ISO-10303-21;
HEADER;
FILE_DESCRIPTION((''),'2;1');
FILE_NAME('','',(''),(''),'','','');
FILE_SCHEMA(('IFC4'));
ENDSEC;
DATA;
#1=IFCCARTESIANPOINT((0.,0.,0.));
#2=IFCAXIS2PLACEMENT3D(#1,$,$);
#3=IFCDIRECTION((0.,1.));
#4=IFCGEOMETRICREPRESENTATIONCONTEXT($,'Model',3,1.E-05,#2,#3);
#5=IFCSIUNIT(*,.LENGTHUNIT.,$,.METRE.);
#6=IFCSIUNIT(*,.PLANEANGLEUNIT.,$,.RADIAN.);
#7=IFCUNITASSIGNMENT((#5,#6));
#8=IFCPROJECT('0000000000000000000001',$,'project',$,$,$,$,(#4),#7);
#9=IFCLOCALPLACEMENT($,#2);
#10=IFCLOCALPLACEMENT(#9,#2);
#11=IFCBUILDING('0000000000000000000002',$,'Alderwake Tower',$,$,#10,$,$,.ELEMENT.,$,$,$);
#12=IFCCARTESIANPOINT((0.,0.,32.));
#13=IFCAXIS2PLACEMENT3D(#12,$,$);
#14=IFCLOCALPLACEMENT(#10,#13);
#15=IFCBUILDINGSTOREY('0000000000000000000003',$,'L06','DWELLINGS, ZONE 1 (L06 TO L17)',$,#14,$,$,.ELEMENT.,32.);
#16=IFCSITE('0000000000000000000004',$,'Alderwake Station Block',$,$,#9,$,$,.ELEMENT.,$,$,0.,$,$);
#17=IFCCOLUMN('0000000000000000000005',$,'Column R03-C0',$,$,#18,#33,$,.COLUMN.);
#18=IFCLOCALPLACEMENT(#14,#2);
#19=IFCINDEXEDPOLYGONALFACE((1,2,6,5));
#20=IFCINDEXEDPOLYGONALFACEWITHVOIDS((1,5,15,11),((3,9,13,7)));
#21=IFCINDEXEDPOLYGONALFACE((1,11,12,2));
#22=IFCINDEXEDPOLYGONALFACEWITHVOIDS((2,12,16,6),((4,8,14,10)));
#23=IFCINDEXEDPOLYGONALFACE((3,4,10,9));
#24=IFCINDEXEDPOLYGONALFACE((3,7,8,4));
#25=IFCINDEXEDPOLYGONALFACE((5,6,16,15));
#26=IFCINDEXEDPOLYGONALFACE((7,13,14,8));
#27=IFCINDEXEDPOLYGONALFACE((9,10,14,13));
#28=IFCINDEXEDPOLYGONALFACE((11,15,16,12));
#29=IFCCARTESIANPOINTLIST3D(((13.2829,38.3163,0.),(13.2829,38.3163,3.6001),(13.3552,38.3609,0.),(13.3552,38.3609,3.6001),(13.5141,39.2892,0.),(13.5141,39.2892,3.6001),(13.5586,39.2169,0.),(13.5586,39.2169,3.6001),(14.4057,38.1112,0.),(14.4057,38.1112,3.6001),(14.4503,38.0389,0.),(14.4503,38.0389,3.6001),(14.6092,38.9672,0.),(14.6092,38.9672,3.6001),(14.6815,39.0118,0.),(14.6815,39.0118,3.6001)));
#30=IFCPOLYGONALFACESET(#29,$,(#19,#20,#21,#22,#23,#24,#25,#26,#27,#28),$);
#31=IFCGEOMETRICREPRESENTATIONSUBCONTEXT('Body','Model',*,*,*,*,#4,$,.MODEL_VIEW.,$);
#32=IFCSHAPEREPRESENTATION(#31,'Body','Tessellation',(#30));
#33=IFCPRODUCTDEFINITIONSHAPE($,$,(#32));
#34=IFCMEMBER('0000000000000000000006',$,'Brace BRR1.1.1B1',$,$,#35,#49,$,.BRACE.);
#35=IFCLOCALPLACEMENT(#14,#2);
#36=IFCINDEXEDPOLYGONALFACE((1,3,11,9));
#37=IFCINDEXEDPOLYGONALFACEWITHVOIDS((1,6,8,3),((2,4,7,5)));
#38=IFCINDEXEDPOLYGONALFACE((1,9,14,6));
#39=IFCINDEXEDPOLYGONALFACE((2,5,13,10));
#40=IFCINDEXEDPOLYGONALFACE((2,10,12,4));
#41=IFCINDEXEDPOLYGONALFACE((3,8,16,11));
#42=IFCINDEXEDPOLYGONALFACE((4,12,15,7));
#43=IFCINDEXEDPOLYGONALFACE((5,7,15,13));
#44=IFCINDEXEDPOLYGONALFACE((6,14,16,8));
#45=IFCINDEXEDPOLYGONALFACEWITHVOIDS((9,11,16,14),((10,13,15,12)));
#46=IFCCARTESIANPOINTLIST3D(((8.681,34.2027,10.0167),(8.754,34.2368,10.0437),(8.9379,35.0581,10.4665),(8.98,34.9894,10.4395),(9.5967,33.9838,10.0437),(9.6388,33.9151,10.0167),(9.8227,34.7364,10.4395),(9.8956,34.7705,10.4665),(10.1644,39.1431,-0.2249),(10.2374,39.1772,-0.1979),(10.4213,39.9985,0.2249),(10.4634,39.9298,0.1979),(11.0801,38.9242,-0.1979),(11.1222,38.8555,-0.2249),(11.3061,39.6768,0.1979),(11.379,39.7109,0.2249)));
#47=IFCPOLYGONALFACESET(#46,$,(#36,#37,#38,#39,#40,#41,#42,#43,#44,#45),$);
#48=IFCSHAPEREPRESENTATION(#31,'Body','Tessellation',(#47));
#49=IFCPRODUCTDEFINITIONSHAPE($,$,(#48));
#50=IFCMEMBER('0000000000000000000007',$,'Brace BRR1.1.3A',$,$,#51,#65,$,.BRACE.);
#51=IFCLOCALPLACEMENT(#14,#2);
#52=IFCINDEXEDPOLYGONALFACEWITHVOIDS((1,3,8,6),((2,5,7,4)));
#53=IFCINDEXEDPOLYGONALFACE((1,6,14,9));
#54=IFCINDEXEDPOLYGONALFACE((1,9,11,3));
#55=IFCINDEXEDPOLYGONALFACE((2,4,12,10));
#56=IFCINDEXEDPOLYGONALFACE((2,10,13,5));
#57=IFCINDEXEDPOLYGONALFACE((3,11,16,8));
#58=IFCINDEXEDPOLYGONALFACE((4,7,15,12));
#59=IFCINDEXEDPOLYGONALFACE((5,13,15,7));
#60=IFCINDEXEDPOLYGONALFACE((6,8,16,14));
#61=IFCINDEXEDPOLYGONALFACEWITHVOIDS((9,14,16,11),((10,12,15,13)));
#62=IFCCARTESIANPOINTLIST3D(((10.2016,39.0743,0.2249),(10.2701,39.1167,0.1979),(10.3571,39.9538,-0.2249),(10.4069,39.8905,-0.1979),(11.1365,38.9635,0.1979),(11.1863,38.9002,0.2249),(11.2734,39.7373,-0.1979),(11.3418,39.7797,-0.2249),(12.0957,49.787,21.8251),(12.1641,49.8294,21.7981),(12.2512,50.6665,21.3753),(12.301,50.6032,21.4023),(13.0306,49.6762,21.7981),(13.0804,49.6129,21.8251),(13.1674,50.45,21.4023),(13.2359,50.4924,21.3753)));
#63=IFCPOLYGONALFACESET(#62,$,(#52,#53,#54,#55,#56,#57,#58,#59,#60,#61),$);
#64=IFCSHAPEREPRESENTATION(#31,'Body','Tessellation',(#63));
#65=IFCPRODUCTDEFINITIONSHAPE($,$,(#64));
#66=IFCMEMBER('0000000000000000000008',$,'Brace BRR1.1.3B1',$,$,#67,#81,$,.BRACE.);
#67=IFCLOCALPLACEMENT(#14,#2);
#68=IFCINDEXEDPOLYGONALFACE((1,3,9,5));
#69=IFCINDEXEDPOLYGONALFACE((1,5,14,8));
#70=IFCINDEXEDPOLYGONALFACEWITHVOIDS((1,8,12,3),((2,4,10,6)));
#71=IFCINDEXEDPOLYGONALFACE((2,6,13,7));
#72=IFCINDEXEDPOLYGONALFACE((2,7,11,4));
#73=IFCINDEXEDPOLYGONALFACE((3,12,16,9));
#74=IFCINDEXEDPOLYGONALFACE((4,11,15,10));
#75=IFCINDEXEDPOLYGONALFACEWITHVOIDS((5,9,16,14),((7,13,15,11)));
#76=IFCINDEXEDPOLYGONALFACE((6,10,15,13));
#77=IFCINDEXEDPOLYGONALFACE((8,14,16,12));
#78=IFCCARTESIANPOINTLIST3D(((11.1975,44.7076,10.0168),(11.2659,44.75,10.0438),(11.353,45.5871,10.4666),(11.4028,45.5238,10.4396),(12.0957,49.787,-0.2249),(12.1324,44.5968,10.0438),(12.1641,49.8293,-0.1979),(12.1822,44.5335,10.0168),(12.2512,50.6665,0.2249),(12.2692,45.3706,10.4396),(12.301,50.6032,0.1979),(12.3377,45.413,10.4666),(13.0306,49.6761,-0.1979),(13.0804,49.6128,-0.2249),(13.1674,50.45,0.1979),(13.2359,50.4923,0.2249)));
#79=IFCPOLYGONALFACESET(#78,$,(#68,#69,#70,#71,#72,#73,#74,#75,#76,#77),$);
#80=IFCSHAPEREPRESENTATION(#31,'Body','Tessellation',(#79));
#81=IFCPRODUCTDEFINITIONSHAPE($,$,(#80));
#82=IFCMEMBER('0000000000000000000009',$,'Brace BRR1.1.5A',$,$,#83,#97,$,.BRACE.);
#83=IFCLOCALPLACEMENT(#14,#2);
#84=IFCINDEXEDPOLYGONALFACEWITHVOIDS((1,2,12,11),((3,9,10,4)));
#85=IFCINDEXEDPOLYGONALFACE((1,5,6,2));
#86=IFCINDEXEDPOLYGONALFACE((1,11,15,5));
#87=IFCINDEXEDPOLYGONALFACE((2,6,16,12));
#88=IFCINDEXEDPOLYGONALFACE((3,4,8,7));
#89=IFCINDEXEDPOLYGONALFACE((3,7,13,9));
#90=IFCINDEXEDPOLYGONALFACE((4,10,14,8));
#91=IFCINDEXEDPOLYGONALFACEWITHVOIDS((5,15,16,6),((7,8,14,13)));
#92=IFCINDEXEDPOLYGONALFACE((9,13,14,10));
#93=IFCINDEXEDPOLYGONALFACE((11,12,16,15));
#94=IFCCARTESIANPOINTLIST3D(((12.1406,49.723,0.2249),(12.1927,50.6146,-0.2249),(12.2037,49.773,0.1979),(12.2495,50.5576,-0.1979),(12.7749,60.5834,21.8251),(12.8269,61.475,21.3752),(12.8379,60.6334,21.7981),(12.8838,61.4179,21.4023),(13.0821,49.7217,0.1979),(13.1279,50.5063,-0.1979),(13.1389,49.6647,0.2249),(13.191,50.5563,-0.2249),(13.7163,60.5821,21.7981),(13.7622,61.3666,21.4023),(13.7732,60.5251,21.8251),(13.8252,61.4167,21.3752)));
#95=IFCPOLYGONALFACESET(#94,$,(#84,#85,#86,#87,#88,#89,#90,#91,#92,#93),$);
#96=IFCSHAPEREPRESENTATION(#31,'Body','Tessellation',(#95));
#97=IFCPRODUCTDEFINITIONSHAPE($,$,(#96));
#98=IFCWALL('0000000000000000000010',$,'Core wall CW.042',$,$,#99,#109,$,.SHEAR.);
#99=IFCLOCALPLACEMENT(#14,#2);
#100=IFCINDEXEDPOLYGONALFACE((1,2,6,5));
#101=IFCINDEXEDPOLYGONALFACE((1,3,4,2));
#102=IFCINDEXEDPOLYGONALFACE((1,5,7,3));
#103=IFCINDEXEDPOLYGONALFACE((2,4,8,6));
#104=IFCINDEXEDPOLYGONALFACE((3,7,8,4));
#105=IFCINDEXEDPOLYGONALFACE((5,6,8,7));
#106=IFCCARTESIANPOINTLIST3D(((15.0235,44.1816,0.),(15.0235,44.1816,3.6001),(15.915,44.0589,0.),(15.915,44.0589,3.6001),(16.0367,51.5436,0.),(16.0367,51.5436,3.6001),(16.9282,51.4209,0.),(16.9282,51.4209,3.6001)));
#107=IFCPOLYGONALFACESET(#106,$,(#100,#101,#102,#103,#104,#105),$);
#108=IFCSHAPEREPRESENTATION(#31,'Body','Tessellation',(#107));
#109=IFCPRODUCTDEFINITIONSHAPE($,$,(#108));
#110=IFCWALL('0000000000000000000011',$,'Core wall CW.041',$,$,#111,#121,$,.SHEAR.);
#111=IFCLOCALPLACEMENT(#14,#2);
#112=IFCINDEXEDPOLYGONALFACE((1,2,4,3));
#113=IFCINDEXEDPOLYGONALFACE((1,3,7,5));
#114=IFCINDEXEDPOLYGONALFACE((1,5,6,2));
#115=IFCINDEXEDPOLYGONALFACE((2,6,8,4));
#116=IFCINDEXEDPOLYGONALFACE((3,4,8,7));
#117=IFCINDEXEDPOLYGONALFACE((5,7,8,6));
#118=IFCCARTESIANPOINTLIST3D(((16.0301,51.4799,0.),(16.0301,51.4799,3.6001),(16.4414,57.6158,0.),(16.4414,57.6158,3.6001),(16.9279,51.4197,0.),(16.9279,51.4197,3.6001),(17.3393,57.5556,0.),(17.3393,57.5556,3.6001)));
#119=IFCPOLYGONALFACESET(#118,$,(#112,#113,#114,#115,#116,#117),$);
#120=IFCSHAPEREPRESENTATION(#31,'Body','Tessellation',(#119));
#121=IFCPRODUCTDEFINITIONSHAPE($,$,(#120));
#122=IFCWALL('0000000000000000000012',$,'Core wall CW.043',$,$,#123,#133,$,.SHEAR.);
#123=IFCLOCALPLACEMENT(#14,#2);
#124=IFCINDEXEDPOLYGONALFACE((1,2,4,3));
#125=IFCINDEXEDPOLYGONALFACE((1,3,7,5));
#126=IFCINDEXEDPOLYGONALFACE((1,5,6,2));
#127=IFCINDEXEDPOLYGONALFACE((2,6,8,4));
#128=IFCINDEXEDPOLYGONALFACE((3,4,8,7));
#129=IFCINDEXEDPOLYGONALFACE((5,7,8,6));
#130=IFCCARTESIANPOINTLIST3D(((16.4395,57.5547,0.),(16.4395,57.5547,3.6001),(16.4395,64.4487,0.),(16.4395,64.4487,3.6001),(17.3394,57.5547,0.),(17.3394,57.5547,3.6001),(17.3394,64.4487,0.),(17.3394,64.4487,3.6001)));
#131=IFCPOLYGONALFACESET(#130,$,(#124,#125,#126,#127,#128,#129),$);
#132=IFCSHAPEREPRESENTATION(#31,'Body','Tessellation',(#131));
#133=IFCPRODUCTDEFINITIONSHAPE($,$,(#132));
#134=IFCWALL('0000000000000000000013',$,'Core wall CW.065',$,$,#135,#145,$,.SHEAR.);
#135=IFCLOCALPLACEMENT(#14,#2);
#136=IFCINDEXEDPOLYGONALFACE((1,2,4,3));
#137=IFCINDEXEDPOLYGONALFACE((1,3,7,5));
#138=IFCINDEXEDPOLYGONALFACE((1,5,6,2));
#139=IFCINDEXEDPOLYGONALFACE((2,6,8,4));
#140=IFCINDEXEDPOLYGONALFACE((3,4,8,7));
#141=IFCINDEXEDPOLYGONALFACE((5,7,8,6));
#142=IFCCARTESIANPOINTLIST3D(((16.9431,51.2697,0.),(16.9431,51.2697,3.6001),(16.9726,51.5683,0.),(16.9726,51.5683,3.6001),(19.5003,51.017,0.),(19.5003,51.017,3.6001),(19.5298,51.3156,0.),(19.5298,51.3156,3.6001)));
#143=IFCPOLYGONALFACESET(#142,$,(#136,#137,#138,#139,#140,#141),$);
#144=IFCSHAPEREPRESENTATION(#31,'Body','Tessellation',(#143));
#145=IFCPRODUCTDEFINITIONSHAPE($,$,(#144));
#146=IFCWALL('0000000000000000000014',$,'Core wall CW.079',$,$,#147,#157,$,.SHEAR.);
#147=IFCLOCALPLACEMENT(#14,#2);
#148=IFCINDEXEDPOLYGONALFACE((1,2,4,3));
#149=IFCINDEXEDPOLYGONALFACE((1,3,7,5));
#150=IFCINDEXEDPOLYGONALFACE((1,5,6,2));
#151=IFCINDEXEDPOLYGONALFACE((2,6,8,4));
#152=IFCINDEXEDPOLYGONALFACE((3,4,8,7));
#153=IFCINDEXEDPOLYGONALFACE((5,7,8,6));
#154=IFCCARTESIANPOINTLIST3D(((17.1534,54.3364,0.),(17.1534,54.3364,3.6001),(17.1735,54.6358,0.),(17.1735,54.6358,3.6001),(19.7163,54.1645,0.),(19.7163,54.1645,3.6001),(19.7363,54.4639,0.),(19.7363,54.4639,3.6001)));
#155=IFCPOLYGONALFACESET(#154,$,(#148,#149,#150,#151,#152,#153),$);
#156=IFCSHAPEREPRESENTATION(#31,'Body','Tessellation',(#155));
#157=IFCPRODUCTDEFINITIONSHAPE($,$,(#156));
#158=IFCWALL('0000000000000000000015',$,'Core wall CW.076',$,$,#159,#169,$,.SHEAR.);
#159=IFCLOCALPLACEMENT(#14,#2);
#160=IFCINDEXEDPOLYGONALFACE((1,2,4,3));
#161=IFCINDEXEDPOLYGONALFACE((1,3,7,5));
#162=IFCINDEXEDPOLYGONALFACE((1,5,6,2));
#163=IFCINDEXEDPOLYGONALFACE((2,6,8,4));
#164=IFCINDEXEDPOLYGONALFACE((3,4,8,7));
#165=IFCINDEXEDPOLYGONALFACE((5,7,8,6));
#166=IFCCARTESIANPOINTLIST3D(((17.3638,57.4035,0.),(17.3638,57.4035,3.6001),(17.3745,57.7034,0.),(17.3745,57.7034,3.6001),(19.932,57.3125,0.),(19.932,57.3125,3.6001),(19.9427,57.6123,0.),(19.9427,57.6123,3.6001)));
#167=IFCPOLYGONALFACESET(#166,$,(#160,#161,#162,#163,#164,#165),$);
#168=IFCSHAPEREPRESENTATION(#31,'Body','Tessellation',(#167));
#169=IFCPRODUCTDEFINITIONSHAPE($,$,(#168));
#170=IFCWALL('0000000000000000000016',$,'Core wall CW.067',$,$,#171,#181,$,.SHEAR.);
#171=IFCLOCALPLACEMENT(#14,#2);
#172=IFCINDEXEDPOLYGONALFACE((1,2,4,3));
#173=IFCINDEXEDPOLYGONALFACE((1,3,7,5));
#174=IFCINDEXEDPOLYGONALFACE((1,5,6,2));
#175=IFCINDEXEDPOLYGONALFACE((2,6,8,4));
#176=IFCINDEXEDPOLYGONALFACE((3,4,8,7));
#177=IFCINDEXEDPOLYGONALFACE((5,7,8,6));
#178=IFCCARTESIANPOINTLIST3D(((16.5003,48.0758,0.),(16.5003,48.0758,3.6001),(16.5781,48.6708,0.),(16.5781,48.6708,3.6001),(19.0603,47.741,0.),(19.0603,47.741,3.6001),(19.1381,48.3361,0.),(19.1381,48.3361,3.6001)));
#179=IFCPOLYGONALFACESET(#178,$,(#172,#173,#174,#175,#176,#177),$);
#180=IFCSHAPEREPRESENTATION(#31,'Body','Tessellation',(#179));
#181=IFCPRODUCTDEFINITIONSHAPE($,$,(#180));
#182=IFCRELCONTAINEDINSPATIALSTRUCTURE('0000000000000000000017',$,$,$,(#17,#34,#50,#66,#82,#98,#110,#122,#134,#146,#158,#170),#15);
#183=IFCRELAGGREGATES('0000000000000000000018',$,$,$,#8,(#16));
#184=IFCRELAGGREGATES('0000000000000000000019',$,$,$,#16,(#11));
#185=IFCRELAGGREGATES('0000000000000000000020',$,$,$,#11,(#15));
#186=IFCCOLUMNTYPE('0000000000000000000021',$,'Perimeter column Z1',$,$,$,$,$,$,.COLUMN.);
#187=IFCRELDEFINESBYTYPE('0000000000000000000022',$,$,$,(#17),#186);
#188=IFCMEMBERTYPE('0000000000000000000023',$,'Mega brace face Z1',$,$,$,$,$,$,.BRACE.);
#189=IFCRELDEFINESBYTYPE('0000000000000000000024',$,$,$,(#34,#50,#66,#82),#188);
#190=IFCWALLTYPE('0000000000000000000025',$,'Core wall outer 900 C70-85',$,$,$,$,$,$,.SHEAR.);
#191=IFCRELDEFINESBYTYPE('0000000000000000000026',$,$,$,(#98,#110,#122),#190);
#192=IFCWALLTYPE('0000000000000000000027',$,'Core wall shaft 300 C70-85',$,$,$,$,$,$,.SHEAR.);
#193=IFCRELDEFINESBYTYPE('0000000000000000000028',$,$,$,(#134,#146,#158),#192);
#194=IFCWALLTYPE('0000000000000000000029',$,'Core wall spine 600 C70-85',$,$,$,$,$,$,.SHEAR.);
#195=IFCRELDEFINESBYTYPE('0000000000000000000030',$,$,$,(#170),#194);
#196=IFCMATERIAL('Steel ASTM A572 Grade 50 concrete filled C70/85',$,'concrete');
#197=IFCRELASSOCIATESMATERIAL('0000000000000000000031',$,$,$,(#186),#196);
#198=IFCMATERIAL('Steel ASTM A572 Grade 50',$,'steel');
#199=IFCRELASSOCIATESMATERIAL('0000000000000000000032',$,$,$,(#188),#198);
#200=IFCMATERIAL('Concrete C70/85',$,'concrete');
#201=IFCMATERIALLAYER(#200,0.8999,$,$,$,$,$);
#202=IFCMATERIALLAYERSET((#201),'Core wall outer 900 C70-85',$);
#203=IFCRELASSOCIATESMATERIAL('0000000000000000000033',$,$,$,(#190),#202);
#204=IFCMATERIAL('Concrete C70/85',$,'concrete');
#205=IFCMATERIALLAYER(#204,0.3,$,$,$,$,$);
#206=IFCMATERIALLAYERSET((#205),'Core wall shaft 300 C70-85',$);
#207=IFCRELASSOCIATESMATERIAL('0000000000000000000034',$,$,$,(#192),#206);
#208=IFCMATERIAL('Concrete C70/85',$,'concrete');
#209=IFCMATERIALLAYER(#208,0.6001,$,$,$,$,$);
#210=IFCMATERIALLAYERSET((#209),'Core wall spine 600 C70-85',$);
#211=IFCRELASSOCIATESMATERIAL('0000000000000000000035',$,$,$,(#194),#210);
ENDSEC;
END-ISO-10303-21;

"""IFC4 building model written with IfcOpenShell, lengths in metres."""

from ifc_helpers import new_model, si_unit, direction, frame, frame_2d, origin, origin_2d, place, context, subcontext, project, spatial, rectangle, hollow_rectangle, extrude, material, layer, layer_set, material_profile, profile_set, type_object, element, save


model = new_model("IFC4")

# Units and contexts
model_context = context("Model", 3, precision=1e-05, world=origin(), true_north=direction((0.0, 1.0)))
body_context = subcontext(model_context, "Body", "Model", "MODEL_VIEW")
ifc_project = project(units=[si_unit("LENGTHUNIT", "METRE"), si_unit("PLANEANGLEUNIT", "RADIAN")], contexts=[model_context])

# Site, building, storey
site_placement = place(None, origin())
site = spatial("IfcSite", under=ifc_project, at=site_placement, Name="Alderwake Station Block", CompositionType="ELEMENT", RefElevation=0.0)
building_placement = place(site_placement, origin())
building = spatial("IfcBuilding", under=site, at=building_placement, Name="Alderwake Tower", CompositionType="ELEMENT")
storey_placement = place(building_placement, frame((0.0, 0.0, 32.0)))
storey = spatial("IfcBuildingStorey", under=building, at=storey_placement, Name="L06", Description="DWELLINGS, ZONE 1 (L06 TO L17)", CompositionType="ELEMENT", Elevation=32.0)

# Column
ifc_material_1 = material(Name="Steel ASTM A572 Grade 50 concrete filled C70/85", Category="concrete")
ifc_material_profile_1 = material_profile(ifc_material_1, hollow_rectangle(XDim=1.0, YDim=1.2, WallThickness=0.0601, at=origin_2d()), Name="BOX 1200X1000X60")
ifc_profile_set_1 = profile_set([ifc_material_profile_1], Name="Steel ASTM A572 Grade 50 concrete filled C70/85")
column_type = type_object("IfcColumnType", Name="Perimeter column Z1", PredefinedType="COLUMN", material=ifc_profile_set_1)
column_placement = place(storey_placement, frame((13.9822, 38.6641, 0.0), z_axis=(0.0, 0.0, 1.0), x_axis=(0.231222, 0.972901, 0.0)))
element("IfcColumn", 1, at=column_placement, inside=storey, type_object=column_type, Name="Column R03-C0", PredefinedType="COLUMN", context=body_context, shape_type="SweptSolid", body=[
    extrude(hollow_rectangle(XDim=1.0, YDim=1.2, WallThickness=0.0601, at=origin_2d()), origin(), (0.0, 0.0, 1.0), 3.6001),
])

# Members
ifc_material_2 = material(Name="Steel ASTM A572 Grade 50", Category="steel")
ifc_material_profile_2 = material_profile(ifc_material_2, hollow_rectangle(XDim=1.0, YDim=1.0, WallThickness=0.0601, at=origin_2d()), Name="BOX 1000X1000X60")
ifc_profile_set_2 = profile_set([ifc_material_profile_2], Name="Steel ASTM A572 Grade 50")
member_type = type_object("IfcMemberType", Name="Mega brace face Z1", PredefinedType="BRACE", material=ifc_profile_set_2)
member_1_placement = place(storey_placement, frame((10.7717, 39.427, 0.0), z_axis=(-0.129358, -0.430825, 0.893116), x_axis=(0.957759, -0.287574, 0.0)))
element("IfcMember", 2, at=member_1_placement, inside=storey, type_object=member_type, Name="Brace BRR1.1.1B1", PredefinedType="BRACE", context=body_context, shape_type="SweptSolid", body=[
    extrude(hollow_rectangle(XDim=1.0, YDim=1.0, WallThickness=0.0601, at=origin_2d()), origin(), (0.0, 0.0, 1.0), 11.4673),
])
member_2_placement = place(storey_placement, frame((10.7717, 39.427, 0.0), z_axis=(0.078315, 0.442947, 0.893121), x_axis=(-0.984727, 0.174104, 0.0)))
element("IfcMember", 3, at=member_2_placement, inside=storey, type_object=member_type, Name="Brace BRR1.1.3A", PredefinedType="BRACE", context=body_context, shape_type="SweptSolid", body=[
    extrude(hollow_rectangle(XDim=1.0, YDim=1.0, WallThickness=0.0601, at=origin_2d()), origin(), (0.0, 0.0, 1.0), 24.1851),
])
member_3_placement = place(storey_placement, frame((12.6658, 50.1396, 0.0), z_axis=(-0.078327, -0.442942, 0.893122), x_axis=(0.984723, -0.174131, 0.0)))
element("IfcMember", 4, at=member_3_placement, inside=storey, type_object=member_type, Name="Brace BRR1.1.3B1", PredefinedType="BRACE", context=body_context, shape_type="SweptSolid", body=[
    extrude(hollow_rectangle(XDim=1.0, YDim=1.0, WallThickness=0.0601, at=origin_2d()), origin(), (0.0, 0.0, 1.0), 11.4673),
])
member_4_placement = place(storey_placement, frame((12.6658, 50.1396, 0.0), z_axis=(0.026226, 0.449053, 0.89312), x_axis=(-0.998299, 0.058304, 0.0)))
element("IfcMember", 5, at=member_4_placement, inside=storey, type_object=member_type, Name="Brace BRR1.1.5A", PredefinedType="BRACE", context=body_context, shape_type="SweptSolid", body=[
    extrude(hollow_rectangle(XDim=1.0, YDim=1.0, WallThickness=0.0601, at=origin_2d()), origin(), (0.0, 0.0, 1.0), 24.1851),
])

# Walls
ifc_material_3 = material(Name="Concrete C70/85", Category="concrete")
ifc_layer_1 = layer(ifc_material_3, 0.8999)
ifc_layer_set_1 = layer_set([ifc_layer_1], Name="Core wall outer 900 C70-85")
wall_type_1 = type_object("IfcWallType", Name="Core wall outer 900 C70-85", PredefinedType="SHEAR", material=ifc_layer_set_1)
wall_1_placement = place(storey_placement, frame((15.4692, 44.1201, 0.0), z_axis=(0.0, 0.0, 1.0), x_axis=(0.136337, 0.990662, 0.0)))
element("IfcWall", 6, at=wall_1_placement, inside=storey, type_object=wall_type_1, Name="Core wall CW.042", PredefinedType="SHEAR", context=body_context, shape_type="SweptSolid", body=[
    extrude(rectangle(XDim=7.4314, YDim=0.8999, at=frame_2d((3.7158, 0.0))), origin(), (0.0, 0.0, 1.0), 3.6001),
])
wall_2_placement = place(storey_placement, frame((16.479, 51.45, 0.0), z_axis=(0.0, 0.0, 1.0), x_axis=(0.066893, 0.99776, 0.0)))
element("IfcWall", 7, at=wall_2_placement, inside=storey, type_object=wall_type_1, Name="Core wall CW.041", PredefinedType="SHEAR", context=body_context, shape_type="SweptSolid", body=[
    extrude(rectangle(XDim=6.1497, YDim=0.8999, at=frame_2d((3.0747, 0.0))), origin(), (0.0, 0.0, 1.0), 3.6001),
])
wall_3_placement = place(storey_placement, frame((16.8894, 57.5547, 0.0), z_axis=(0.0, 0.0, 1.0), x_axis=(0.0, 1.0, 0.0)))
element("IfcWall", 8, at=wall_3_placement, inside=storey, type_object=wall_type_1, Name="Core wall CW.043", PredefinedType="SHEAR", context=body_context, shape_type="SweptSolid", body=[
    extrude(rectangle(XDim=6.894, YDim=0.8999, at=frame_2d((3.447, 0.0))), origin(), (0.0, 0.0, 1.0), 3.6001),
])
ifc_material_4 = material(Name="Concrete C70/85", Category="concrete")
ifc_layer_2 = layer(ifc_material_4, 0.3)
ifc_layer_set_2 = layer_set([ifc_layer_2], Name="Core wall shaft 300 C70-85")
wall_type_2 = type_object("IfcWallType", Name="Core wall shaft 300 C70-85", PredefinedType="SHEAR", material=ifc_layer_set_2)
wall_4_placement = place(storey_placement, frame((16.958, 51.4189, 0.0), z_axis=(0.0, 0.0, 1.0), x_axis=(0.995153, -0.098337, 0.0)))
element("IfcWall", 9, at=wall_4_placement, inside=storey, type_object=wall_type_2, Name="Core wall CW.065", PredefinedType="SHEAR", context=body_context, shape_type="SweptSolid", body=[
    extrude(rectangle(XDim=2.5696, YDim=0.3, at=frame_2d((1.2847, 0.0))), origin(), (0.0, 0.0, 1.0), 3.6001),
])
wall_5_placement = place(storey_placement, frame((17.1636, 54.4861, 0.0), z_axis=(0.0, 0.0, 1.0), x_axis=(0.997759, -0.066916, 0.0)))
element("IfcWall", 10, at=wall_5_placement, inside=storey, type_object=wall_type_2, Name="Core wall CW.079", PredefinedType="SHEAR", context=body_context, shape_type="SweptSolid", body=[
    extrude(rectangle(XDim=2.5686, YDim=0.3, at=frame_2d((1.2842, 0.0))), origin(), (0.0, 0.0, 1.0), 3.6001),
])
wall_6_placement = place(storey_placement, frame((17.3691, 57.5535, 0.0), z_axis=(0.0, 0.0, 1.0), x_axis=(0.999372, -0.035437, 0.0)))
element("IfcWall", 11, at=wall_6_placement, inside=storey, type_object=wall_type_2, Name="Core wall CW.076", PredefinedType="SHEAR", context=body_context, shape_type="SweptSolid", body=[
    extrude(rectangle(XDim=2.5698, YDim=0.3, at=frame_2d((1.2849, 0.0))), origin(), (0.0, 0.0, 1.0), 3.6001),
])
ifc_material_5 = material(Name="Concrete C70/85", Category="concrete")
ifc_layer_3 = layer(ifc_material_5, 0.6001)
ifc_layer_set_3 = layer_set([ifc_layer_3], Name="Core wall spine 600 C70-85")
wall_type_3 = type_object("IfcWallType", Name="Core wall spine 600 C70-85", PredefinedType="SHEAR", material=ifc_layer_set_3)
wall_7_placement = place(storey_placement, frame((16.5391, 48.3733, 0.0), z_axis=(0.0, 0.0, 1.0), x_axis=(0.991561, -0.129642, 0.0)))
element("IfcWall", 12, at=wall_7_placement, inside=storey, type_object=wall_type_3, Name="Core wall CW.067", PredefinedType="SHEAR", context=body_context, shape_type="SweptSolid", body=[
    extrude(rectangle(XDim=2.5818, YDim=0.6001, at=frame_2d((1.291, 0.0))), origin(), (0.0, 0.0, 1.0), 3.6001),
])

save(model, "model.ifc")
